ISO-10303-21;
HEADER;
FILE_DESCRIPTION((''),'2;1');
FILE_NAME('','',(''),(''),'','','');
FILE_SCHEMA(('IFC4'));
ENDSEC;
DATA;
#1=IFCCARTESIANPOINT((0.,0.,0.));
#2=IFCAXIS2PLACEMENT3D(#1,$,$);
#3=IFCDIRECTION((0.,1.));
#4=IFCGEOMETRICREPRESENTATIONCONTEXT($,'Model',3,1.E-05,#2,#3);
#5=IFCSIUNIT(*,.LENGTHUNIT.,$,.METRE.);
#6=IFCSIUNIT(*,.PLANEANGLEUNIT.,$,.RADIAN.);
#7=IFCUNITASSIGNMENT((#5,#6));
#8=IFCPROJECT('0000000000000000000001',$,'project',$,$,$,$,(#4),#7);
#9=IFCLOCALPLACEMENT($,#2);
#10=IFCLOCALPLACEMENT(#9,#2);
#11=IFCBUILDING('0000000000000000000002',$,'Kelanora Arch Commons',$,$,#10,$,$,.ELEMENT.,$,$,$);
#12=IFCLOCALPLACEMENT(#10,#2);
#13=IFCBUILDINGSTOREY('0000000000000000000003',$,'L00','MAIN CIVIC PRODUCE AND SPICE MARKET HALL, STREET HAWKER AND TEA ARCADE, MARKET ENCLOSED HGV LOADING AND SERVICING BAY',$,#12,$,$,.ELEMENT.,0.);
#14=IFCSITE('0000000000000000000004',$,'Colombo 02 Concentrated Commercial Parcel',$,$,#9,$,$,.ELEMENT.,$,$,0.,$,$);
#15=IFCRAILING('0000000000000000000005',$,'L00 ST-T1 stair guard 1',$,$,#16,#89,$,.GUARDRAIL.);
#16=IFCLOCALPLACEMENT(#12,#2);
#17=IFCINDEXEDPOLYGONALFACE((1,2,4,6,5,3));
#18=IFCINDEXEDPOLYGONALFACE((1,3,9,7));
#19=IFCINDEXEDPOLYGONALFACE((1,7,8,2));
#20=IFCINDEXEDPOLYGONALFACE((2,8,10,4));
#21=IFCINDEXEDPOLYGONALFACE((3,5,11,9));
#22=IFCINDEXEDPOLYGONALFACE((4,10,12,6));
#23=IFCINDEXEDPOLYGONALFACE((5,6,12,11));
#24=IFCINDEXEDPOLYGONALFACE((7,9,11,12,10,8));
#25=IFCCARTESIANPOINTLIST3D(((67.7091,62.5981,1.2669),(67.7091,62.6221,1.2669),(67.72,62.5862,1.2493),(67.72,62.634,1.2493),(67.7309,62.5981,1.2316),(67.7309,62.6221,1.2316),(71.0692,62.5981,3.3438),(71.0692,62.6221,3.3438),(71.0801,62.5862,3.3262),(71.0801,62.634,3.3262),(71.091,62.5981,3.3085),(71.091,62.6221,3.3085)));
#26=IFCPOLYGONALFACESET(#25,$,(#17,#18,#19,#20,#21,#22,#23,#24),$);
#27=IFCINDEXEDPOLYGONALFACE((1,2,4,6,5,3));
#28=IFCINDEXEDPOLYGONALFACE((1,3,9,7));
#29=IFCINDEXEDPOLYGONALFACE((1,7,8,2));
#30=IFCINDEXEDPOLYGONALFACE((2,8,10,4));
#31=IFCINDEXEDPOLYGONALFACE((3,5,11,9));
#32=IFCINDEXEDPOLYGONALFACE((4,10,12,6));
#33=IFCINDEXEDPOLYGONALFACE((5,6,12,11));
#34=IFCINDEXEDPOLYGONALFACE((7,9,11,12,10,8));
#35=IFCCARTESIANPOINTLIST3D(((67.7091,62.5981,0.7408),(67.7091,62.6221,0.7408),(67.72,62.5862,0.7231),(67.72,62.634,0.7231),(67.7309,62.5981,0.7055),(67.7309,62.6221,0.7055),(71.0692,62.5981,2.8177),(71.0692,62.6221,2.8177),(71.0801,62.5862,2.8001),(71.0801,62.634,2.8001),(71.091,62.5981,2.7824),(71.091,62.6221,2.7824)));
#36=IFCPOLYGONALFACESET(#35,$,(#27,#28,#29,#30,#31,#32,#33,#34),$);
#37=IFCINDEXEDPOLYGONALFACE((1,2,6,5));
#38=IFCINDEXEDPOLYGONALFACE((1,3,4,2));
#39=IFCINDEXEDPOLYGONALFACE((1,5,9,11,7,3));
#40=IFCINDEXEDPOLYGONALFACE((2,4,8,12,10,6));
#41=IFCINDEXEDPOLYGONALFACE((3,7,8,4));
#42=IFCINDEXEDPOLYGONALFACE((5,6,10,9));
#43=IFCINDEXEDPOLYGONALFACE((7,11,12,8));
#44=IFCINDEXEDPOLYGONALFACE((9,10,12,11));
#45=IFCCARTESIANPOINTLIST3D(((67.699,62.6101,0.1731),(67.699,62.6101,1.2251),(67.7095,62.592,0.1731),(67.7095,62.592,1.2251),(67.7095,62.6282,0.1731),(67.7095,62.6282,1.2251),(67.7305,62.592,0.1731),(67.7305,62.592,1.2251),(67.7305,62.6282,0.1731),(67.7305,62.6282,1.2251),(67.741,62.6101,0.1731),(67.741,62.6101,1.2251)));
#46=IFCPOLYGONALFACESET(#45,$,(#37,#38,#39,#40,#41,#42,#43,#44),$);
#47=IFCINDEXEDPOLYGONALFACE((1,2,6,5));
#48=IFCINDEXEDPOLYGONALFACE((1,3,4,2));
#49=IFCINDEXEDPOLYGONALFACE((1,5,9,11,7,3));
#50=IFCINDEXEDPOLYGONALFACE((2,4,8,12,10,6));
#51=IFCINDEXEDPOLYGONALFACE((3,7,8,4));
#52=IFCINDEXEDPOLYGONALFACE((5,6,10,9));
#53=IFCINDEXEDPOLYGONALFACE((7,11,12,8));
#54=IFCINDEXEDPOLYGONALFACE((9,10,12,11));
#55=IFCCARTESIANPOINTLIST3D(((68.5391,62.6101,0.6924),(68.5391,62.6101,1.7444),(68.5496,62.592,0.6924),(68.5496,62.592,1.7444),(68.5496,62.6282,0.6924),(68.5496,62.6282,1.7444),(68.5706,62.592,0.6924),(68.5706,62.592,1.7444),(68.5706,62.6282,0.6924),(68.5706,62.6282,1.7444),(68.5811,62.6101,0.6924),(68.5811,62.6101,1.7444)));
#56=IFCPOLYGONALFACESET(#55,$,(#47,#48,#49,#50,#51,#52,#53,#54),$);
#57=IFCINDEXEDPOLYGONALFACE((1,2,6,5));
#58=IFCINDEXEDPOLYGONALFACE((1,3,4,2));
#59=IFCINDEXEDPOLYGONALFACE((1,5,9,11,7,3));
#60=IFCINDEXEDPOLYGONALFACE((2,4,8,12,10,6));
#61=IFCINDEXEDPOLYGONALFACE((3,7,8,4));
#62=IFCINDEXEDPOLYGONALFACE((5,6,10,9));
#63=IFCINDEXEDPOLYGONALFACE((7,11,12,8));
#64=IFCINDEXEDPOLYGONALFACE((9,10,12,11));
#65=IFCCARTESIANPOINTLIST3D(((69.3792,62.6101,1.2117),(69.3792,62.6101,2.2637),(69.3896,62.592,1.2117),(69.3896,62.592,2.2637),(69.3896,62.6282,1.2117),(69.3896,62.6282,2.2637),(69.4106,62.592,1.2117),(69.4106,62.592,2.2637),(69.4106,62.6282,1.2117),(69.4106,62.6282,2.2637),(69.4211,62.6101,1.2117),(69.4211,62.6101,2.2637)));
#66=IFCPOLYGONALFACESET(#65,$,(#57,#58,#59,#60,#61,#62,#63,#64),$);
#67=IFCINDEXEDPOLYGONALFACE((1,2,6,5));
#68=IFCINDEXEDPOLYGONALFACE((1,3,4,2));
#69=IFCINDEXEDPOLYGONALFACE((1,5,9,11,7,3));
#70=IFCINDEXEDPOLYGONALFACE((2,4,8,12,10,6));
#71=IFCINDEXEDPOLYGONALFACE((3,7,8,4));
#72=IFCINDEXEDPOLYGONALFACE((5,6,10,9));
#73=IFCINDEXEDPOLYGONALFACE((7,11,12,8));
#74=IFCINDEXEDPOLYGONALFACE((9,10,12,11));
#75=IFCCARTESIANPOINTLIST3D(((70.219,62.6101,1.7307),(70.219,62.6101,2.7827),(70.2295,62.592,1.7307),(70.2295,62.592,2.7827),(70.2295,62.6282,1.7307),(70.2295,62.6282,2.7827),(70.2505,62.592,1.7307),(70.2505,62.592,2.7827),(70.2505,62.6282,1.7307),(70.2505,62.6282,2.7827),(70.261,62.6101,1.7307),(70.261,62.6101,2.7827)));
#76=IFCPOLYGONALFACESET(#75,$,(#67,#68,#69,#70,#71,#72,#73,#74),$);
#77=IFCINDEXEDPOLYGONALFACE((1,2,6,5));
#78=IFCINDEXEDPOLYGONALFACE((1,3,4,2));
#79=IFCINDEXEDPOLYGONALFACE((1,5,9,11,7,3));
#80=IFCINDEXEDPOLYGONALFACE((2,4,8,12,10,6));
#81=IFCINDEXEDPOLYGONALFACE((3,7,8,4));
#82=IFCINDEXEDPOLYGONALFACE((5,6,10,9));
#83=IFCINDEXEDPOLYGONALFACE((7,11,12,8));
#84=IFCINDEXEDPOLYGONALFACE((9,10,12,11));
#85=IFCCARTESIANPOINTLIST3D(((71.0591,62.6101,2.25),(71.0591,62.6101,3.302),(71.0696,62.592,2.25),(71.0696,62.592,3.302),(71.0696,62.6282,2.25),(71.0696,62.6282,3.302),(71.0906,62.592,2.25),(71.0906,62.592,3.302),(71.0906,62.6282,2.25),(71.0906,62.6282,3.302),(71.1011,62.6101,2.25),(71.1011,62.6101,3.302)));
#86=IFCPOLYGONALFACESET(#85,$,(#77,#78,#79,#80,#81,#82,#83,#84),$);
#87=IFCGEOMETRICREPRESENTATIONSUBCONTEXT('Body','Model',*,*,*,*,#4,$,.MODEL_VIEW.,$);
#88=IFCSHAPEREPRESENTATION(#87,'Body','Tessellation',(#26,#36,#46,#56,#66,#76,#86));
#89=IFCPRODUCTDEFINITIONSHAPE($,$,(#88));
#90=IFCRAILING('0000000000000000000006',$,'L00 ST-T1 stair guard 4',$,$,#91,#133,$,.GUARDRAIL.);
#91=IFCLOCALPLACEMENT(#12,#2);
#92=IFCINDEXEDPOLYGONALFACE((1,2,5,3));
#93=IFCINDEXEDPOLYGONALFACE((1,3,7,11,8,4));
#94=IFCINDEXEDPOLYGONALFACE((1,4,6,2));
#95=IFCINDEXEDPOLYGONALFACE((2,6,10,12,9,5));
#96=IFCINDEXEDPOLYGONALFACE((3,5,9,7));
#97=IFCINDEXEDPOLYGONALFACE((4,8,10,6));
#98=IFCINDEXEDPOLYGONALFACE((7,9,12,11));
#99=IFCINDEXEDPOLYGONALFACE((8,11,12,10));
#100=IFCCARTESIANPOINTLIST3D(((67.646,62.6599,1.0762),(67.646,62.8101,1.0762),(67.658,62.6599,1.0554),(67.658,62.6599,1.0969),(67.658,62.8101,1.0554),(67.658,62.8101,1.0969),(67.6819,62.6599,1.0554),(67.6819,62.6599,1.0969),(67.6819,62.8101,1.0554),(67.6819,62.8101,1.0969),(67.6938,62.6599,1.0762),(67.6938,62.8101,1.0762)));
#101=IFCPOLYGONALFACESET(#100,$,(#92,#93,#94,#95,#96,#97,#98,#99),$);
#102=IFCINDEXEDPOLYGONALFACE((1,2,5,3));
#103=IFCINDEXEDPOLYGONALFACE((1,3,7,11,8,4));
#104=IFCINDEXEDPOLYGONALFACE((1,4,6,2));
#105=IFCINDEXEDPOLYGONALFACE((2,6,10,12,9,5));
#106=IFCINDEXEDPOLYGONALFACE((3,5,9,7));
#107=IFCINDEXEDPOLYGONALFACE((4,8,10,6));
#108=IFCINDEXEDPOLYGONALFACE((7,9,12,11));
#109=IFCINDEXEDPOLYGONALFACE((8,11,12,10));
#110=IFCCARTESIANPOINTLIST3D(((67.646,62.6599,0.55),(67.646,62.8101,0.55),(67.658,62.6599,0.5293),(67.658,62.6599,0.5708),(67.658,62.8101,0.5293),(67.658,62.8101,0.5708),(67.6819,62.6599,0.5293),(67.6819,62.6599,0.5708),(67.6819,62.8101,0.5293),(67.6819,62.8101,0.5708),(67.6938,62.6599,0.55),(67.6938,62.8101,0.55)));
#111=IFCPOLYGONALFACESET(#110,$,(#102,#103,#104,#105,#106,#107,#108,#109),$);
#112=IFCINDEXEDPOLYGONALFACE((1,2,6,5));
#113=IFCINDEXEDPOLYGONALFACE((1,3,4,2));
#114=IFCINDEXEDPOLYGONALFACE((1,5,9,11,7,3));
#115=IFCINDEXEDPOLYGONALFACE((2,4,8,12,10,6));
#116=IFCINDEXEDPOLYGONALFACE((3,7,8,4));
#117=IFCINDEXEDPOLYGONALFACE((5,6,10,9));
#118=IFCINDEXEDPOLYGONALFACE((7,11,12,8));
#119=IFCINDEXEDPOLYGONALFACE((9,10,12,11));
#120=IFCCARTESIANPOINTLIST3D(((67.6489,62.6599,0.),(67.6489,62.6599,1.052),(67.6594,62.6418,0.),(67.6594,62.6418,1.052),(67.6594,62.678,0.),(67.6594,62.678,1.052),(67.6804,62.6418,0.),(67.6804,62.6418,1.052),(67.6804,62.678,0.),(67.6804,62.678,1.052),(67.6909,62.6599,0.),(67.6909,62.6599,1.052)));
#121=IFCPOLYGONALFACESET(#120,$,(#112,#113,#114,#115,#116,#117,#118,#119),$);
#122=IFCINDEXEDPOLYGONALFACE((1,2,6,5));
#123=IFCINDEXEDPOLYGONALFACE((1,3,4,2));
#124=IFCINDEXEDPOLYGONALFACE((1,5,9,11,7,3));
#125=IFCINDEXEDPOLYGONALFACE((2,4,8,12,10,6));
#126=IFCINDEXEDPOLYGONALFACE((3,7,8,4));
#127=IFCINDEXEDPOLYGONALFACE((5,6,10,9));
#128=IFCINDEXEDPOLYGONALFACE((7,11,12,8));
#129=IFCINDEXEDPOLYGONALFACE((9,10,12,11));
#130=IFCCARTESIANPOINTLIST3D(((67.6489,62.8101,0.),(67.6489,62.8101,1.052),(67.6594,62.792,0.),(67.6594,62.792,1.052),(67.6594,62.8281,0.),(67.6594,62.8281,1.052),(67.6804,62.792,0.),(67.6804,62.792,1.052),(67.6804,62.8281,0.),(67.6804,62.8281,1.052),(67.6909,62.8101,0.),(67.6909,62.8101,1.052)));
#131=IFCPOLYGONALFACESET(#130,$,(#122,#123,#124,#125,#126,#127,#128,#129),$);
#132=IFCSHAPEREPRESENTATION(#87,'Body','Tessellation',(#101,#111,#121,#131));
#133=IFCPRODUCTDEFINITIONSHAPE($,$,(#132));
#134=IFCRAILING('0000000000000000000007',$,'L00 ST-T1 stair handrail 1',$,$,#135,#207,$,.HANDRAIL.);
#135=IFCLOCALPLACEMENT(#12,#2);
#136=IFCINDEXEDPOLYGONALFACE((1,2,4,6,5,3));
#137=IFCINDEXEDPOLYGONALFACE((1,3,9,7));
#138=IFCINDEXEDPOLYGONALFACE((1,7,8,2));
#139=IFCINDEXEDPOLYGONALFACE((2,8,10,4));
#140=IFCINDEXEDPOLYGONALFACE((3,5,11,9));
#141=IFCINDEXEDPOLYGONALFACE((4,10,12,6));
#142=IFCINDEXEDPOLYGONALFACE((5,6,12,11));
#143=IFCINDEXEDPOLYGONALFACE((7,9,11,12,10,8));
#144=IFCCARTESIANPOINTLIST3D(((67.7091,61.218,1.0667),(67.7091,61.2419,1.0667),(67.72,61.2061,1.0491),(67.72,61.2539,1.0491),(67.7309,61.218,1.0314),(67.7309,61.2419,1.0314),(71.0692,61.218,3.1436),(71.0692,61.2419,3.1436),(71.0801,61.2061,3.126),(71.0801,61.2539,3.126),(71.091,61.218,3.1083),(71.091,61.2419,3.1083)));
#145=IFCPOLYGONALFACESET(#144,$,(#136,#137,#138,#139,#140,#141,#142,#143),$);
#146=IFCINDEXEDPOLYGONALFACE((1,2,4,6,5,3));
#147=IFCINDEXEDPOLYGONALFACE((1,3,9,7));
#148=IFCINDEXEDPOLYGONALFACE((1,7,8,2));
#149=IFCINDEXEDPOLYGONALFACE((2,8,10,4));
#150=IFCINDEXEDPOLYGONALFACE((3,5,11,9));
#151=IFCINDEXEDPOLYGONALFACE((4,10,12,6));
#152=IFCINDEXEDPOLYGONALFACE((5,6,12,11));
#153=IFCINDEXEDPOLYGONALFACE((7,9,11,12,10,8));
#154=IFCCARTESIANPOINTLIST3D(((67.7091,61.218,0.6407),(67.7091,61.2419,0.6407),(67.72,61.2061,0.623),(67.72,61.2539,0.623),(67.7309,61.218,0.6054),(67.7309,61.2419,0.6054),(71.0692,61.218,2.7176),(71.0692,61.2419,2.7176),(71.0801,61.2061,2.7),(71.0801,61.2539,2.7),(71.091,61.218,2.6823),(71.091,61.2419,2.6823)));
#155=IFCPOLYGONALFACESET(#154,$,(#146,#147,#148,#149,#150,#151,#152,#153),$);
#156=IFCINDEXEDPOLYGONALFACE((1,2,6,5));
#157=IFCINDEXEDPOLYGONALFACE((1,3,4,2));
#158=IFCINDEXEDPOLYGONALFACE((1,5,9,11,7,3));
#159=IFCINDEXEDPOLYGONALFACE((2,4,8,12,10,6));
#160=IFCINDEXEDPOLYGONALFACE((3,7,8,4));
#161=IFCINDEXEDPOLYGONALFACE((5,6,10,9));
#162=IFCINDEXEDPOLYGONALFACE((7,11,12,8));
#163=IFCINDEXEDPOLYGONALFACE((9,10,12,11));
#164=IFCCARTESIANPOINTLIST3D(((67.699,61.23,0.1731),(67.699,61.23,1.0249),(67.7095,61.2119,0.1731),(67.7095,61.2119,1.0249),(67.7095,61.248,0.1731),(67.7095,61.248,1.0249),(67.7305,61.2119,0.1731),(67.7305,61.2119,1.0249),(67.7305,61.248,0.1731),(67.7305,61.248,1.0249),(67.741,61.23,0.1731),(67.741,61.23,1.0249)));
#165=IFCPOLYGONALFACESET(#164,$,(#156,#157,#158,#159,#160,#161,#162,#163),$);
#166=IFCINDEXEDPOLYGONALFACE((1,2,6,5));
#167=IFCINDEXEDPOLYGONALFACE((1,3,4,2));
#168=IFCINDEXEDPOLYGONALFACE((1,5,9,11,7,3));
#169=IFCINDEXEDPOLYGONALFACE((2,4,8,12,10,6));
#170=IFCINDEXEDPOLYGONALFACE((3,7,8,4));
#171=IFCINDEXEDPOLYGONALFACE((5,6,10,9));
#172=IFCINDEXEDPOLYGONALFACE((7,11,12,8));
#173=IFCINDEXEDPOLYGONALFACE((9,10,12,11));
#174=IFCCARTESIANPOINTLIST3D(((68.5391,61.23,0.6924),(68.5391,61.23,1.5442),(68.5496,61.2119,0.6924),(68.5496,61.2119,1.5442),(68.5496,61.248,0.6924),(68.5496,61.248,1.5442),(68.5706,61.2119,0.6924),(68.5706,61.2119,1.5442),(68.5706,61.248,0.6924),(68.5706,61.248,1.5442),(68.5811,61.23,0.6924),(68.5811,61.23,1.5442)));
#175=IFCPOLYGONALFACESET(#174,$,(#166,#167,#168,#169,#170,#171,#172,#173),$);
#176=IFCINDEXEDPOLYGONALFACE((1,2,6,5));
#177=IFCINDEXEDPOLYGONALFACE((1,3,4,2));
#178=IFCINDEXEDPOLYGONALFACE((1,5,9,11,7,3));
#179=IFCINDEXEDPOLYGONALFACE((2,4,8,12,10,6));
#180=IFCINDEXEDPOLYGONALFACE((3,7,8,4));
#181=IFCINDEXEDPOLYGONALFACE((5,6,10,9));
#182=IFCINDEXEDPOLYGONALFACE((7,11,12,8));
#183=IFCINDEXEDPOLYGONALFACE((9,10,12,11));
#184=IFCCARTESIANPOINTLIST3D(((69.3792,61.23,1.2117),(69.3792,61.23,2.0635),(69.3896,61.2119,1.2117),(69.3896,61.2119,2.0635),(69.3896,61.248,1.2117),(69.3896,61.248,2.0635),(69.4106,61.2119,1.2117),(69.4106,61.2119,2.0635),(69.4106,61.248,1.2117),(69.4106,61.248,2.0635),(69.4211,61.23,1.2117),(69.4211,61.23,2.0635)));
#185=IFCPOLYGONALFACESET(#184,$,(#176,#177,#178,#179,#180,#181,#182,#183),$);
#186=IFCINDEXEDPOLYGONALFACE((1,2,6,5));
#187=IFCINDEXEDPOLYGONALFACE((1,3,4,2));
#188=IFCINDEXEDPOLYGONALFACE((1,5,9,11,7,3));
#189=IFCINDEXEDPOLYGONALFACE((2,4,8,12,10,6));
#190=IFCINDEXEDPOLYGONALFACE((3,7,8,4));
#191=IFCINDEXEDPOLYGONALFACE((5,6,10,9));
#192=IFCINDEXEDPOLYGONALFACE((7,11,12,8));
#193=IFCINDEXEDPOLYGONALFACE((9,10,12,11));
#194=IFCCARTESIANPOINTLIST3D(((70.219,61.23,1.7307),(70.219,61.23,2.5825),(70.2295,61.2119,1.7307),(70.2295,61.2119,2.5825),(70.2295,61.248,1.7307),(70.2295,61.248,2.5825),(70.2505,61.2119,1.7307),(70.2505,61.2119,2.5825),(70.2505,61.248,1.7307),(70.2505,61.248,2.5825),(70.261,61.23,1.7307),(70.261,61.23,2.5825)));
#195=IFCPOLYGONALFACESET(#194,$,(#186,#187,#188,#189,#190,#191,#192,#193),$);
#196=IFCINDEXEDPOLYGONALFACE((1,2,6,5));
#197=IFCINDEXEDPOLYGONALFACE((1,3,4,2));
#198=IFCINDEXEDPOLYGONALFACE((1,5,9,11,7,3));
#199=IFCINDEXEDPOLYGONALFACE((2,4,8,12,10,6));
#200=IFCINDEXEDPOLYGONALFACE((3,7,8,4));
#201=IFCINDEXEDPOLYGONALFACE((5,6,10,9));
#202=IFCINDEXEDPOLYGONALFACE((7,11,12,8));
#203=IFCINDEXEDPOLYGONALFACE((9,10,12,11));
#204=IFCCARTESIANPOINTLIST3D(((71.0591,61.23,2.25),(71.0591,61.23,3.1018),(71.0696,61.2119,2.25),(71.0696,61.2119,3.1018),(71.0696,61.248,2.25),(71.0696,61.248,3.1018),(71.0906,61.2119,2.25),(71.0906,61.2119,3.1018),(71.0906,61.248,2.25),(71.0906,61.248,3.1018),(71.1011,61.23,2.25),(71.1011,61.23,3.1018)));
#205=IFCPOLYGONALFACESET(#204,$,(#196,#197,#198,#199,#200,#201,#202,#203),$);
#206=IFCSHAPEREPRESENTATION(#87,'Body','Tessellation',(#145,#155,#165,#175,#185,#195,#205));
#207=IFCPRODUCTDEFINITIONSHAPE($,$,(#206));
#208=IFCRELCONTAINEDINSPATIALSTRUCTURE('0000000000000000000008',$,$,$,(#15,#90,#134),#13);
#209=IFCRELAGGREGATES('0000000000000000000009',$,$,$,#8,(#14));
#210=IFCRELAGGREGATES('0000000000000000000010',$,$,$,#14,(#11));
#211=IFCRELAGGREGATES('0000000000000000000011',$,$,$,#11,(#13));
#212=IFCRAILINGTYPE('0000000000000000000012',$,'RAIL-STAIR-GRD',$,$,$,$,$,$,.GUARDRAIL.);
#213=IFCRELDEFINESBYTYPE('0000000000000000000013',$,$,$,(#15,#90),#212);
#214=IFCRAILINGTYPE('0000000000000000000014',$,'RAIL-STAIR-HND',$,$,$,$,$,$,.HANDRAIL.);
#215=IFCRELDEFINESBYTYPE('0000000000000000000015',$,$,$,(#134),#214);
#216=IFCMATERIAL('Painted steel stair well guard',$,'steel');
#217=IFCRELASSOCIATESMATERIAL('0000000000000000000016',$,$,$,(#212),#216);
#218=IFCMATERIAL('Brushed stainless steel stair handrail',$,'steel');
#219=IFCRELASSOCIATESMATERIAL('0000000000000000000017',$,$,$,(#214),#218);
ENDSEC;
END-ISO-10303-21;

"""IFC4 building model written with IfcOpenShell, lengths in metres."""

from ifc_helpers import new_model, si_unit, direction, frame, origin, place, context, subcontext, project, spatial, polyline, outline, extrude, material, type_object, element, save


model = new_model("IFC4")

# Units and contexts
model_context = context("Model", 3, precision=1e-05, world=origin(), true_north=direction((0.0, 1.0)))
body_context = subcontext(model_context, "Body", "Model", "MODEL_VIEW")
ifc_project = project(units=[si_unit("LENGTHUNIT", "METRE"), si_unit("PLANEANGLEUNIT", "RADIAN")], contexts=[model_context])

# Site, building, storey
site_placement = place(None, origin())
site = spatial("IfcSite", under=ifc_project, at=site_placement, Name="Colombo 02 Concentrated Commercial Parcel", CompositionType="ELEMENT", RefElevation=0.0)
building_placement = place(site_placement, origin())
building = spatial("IfcBuilding", under=site, at=building_placement, Name="Kelanora Arch Commons", CompositionType="ELEMENT")
storey_placement = place(building_placement, origin())
storey = spatial("IfcBuildingStorey", under=building, at=storey_placement, Name="L00", Description="MAIN CIVIC PRODUCE AND SPICE MARKET HALL, STREET HAWKER AND TEA ARCADE, MARKET ENCLOSED HGV LOADING AND SERVICING BAY", CompositionType="ELEMENT", Elevation=0.0)

# Railings
ifc_material_1 = material(Name="Painted steel stair well guard", Category="steel")
railing_type_1 = type_object("IfcRailingType", Name="RAIL-STAIR-GRD", PredefinedType="GUARDRAIL", material=ifc_material_1)
railing_1_placement = place(storey_placement, frame((67.72, 62.6101, 0.1731)))
element("IfcRailing", 1, at=railing_1_placement, inside=storey, type_object=railing_type_1, Name="L00 ST-T1 stair guard 1", PredefinedType="GUARDRAIL", context=body_context, shape_type="SweptSolid", body=[
    extrude(outline(polyline([(0.0239, 0.0), (0.012, 0.0208), (-0.012, 0.0208), (-0.0239, 0.0), (-0.012, -0.0208), (0.012, -0.0208), (0.0239, 0.0)])), frame((0.0, 0.0, 1.0762), z_axis=(0.850623, 0.0, 0.525776), x_axis=(0.0, 1.0, 0.0)), (0.0, 0.0, 1.0), 3.9502),
    extrude(outline(polyline([(0.0239, 0.0), (0.012, 0.0208), (-0.012, 0.0208), (-0.0239, 0.0), (-0.012, -0.0208), (0.012, -0.0208), (0.0239, 0.0)])), frame((0.0, 0.0, 0.55), z_axis=(0.850623, 0.0, 0.525776), x_axis=(0.0, 1.0, 0.0)), (0.0, 0.0, 1.0), 3.9502),
    extrude(outline(polyline([(0.021, 0.0), (0.0105, 0.0181), (-0.0105, 0.0181), (-0.021, 0.0), (-0.0105, -0.0181), (0.0105, -0.0181), (0.021, 0.0)])), origin(), (0.0, 0.0, 1.0), 1.052),
    extrude(outline(polyline([(0.021, 0.0), (0.0105, 0.0181), (-0.0105, 0.0181), (-0.021, 0.0), (-0.0105, -0.0181), (0.0105, -0.0181), (0.021, 0.0)])), frame((0.8401, 0.0, 0.5193)), (0.0, 0.0, 1.0), 1.052),
    extrude(outline(polyline([(0.021, 0.0), (0.0105, 0.0181), (-0.0105, 0.0181), (-0.021, 0.0), (-0.0105, -0.0181), (0.0105, -0.0181), (0.021, 0.0)])), frame((1.6802, 0.0, 1.0386)), (0.0, 0.0, 1.0), 1.052),
    extrude(outline(polyline([(0.021, 0.0), (0.0105, 0.0181), (-0.0105, 0.0181), (-0.021, 0.0), (-0.0105, -0.0181), (0.0105, -0.0181), (0.021, 0.0)])), frame((2.52, 0.0, 1.5576)), (0.0, 0.0, 1.0), 1.052),
    extrude(outline(polyline([(0.021, 0.0), (0.0105, 0.0181), (-0.0105, 0.0181), (-0.021, 0.0), (-0.0105, -0.0181), (0.0105, -0.0181), (0.021, 0.0)])), frame((3.3601, 0.0, 2.0769)), (0.0, 0.0, 1.0), 1.052),
])
railing_2_placement = place(storey_placement, frame((67.6699, 62.6599, 0.0)))
element("IfcRailing", 2, at=railing_2_placement, inside=storey, type_object=railing_type_1, Name="L00 ST-T1 stair guard 4", PredefinedType="GUARDRAIL", context=body_context, shape_type="SweptSolid", body=[
    extrude(outline(polyline([(0.0239, 0.0), (0.012, 0.0208), (-0.012, 0.0208), (-0.0239, 0.0), (-0.012, -0.0208), (0.012, -0.0208), (0.0239, 0.0)])), frame((0.0, 0.0, 1.0762), z_axis=(0.0, 1.0, 0.0), x_axis=(-1.0, 0.0, 0.0)), (0.0, 0.0, 1.0), 0.1501),
    extrude(outline(polyline([(0.0239, 0.0), (0.012, 0.0208), (-0.012, 0.0208), (-0.0239, 0.0), (-0.012, -0.0208), (0.012, -0.0208), (0.0239, 0.0)])), frame((0.0, 0.0, 0.55), z_axis=(0.0, 1.0, 0.0), x_axis=(-1.0, 0.0, 0.0)), (0.0, 0.0, 1.0), 0.1501),
    extrude(outline(polyline([(0.021, 0.0), (0.0105, 0.0181), (-0.0105, 0.0181), (-0.021, 0.0), (-0.0105, -0.0181), (0.0105, -0.0181), (0.021, 0.0)])), origin(), (0.0, 0.0, 1.0), 1.052),
    extrude(outline(polyline([(0.021, 0.0), (0.0105, 0.0181), (-0.0105, 0.0181), (-0.021, 0.0), (-0.0105, -0.0181), (0.0105, -0.0181), (0.021, 0.0)])), frame((0.0, 0.1501, 0.0)), (0.0, 0.0, 1.0), 1.052),
])
ifc_material_2 = material(Name="Brushed stainless steel stair handrail", Category="steel")
railing_type_2 = type_object("IfcRailingType", Name="RAIL-STAIR-HND", PredefinedType="HANDRAIL", material=ifc_material_2)
railing_3_placement = place(storey_placement, frame((67.72, 61.23, 0.1731)))
element("IfcRailing", 3, at=railing_3_placement, inside=storey, type_object=railing_type_2, Name="L00 ST-T1 stair handrail 1", PredefinedType="HANDRAIL", context=body_context, shape_type="SweptSolid", body=[
    extrude(outline(polyline([(0.0239, 0.0), (0.012, 0.0208), (-0.012, 0.0208), (-0.0239, 0.0), (-0.012, -0.0208), (0.012, -0.0208), (0.0239, 0.0)])), frame((0.0, 0.0, 0.876), z_axis=(0.850623, 0.0, 0.525776), x_axis=(0.0, 1.0, 0.0)), (0.0, 0.0, 1.0), 3.9502),
    extrude(outline(polyline([(0.0239, 0.0), (0.012, 0.0208), (-0.012, 0.0208), (-0.0239, 0.0), (-0.012, -0.0208), (0.012, -0.0208), (0.0239, 0.0)])), frame((0.0, 0.0, 0.45), z_axis=(0.850623, 0.0, 0.525776), x_axis=(0.0, 1.0, 0.0)), (0.0, 0.0, 1.0), 3.9502),
    extrude(outline(polyline([(0.021, 0.0), (0.0105, 0.0181), (-0.0105, 0.0181), (-0.021, 0.0), (-0.0105, -0.0181), (0.0105, -0.0181), (0.021, 0.0)])), origin(), (0.0, 0.0, 1.0), 0.8518),
    extrude(outline(polyline([(0.021, 0.0), (0.0105, 0.0181), (-0.0105, 0.0181), (-0.021, 0.0), (-0.0105, -0.0181), (0.0105, -0.0181), (0.021, 0.0)])), frame((0.8401, 0.0, 0.5193)), (0.0, 0.0, 1.0), 0.8518),
    extrude(outline(polyline([(0.021, 0.0), (0.0105, 0.0181), (-0.0105, 0.0181), (-0.021, 0.0), (-0.0105, -0.0181), (0.0105, -0.0181), (0.021, 0.0)])), frame((1.6802, 0.0, 1.0386)), (0.0, 0.0, 1.0), 0.8518),
    extrude(outline(polyline([(0.021, 0.0), (0.0105, 0.0181), (-0.0105, 0.0181), (-0.021, 0.0), (-0.0105, -0.0181), (0.0105, -0.0181), (0.021, 0.0)])), frame((2.52, 0.0, 1.5576)), (0.0, 0.0, 1.0), 0.8518),
    extrude(outline(polyline([(0.021, 0.0), (0.0105, 0.0181), (-0.0105, 0.0181), (-0.021, 0.0), (-0.0105, -0.0181), (0.0105, -0.0181), (0.021, 0.0)])), frame((3.3601, 0.0, 2.0769)), (0.0, 0.0, 1.0), 0.8518),
])

save(model, "model.ifc")
